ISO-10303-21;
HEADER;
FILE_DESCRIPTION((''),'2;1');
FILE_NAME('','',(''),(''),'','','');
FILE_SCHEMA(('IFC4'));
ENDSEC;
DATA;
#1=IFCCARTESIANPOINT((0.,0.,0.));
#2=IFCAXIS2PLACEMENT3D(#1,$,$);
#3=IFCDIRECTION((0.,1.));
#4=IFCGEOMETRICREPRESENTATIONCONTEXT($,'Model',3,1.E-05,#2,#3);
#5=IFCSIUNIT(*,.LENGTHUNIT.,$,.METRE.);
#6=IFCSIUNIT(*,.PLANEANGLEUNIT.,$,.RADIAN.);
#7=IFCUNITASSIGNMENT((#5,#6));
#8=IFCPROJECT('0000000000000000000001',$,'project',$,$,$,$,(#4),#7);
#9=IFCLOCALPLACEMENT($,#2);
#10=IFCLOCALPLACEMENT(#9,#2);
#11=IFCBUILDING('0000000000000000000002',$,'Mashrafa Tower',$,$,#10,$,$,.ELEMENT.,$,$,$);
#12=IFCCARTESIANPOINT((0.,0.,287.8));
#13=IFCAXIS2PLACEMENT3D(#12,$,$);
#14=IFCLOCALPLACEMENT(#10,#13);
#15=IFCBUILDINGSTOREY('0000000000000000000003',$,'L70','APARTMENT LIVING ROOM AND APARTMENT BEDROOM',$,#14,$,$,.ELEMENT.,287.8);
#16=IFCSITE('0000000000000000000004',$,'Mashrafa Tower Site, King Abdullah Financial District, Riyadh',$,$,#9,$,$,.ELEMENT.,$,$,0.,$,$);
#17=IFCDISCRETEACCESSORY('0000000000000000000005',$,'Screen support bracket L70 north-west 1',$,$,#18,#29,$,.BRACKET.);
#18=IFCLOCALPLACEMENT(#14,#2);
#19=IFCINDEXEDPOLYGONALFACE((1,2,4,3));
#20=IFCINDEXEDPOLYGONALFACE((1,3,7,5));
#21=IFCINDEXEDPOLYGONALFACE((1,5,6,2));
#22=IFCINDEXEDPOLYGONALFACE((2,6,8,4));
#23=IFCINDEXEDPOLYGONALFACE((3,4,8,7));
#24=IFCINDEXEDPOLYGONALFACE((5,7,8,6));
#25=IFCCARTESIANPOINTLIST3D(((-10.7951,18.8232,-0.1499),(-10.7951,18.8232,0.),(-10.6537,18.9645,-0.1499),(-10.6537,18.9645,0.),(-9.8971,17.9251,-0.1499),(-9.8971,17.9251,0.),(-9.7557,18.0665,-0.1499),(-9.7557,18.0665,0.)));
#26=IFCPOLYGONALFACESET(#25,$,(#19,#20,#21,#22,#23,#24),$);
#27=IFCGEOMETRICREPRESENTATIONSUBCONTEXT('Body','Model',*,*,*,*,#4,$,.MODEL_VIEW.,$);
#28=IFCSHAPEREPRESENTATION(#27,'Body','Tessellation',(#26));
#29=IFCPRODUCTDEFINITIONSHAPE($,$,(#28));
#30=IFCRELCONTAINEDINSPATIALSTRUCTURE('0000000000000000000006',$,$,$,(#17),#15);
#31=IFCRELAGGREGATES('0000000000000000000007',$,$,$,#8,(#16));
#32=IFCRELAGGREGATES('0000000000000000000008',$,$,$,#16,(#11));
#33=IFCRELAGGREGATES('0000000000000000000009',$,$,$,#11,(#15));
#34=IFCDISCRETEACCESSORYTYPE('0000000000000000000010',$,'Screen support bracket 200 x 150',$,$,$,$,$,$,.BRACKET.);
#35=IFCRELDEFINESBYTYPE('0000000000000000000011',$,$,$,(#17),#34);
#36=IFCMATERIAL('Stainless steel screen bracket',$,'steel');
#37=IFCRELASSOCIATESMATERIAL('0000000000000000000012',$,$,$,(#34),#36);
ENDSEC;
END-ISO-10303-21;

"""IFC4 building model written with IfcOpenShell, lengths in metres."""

from ifc_helpers import new_model, si_unit, direction, frame, origin, origin_2d, place, context, subcontext, project, spatial, rectangle, extrude, source, transform, mapped, material, type_object, type_shapes, element, save


model = new_model("IFC4")

# Units and contexts
model_context = context("Model", 3, precision=1e-05, world=origin(), true_north=direction((0.0, 1.0)))
body_context = subcontext(model_context, "Body", "Model", "MODEL_VIEW")
ifc_project = project(units=[si_unit("LENGTHUNIT", "METRE"), si_unit("PLANEANGLEUNIT", "RADIAN")], contexts=[model_context])

# Site, building, storey
site_placement = place(None, origin())
site = spatial("IfcSite", under=ifc_project, at=site_placement, Name="Mashrafa Tower Site, King Abdullah Financial District, Riyadh", CompositionType="ELEMENT", RefElevation=0.0)
building_placement = place(site_placement, origin())
building = spatial("IfcBuilding", under=site, at=building_placement, Name="Mashrafa Tower", CompositionType="ELEMENT")
storey_placement = place(building_placement, frame((0.0, 0.0, 287.8)))
storey = spatial("IfcBuildingStorey", under=building, at=storey_placement, Name="L70", Description="APARTMENT LIVING ROOM AND APARTMENT BEDROOM", CompositionType="ELEMENT", Elevation=287.8)

# Discrete accessory
ifc_material_1 = material(Name="Stainless steel screen bracket", Category="steel")
discrete_accessory_type = type_object("IfcDiscreteAccessoryType", Name="Screen support bracket 200 x 150", PredefinedType="BRACKET", material=ifc_material_1)
shared_shape_1 = source(origin(), body_context, "Body", "SweptSolid", [
    extrude(rectangle(XDim=0.2, YDim=1.27, at=origin_2d()), origin(), (0.0, 0.0, 1.0), 0.1499),
])
type_shapes(discrete_accessory_type, [shared_shape_1])
for number, where, z_axis, x_axis, name in (
    (1, (-10.2754, 18.4448, -0.1499), (0.0, 0.0, 1.0), (-0.707107, -0.707107, 0.0), "Screen support bracket L70 north-west 1"),
):
    element("IfcDiscreteAccessory", number, at=place(storey_placement, frame(where, z_axis=z_axis, x_axis=x_axis)), inside=storey, type_object=discrete_accessory_type, Name=name, PredefinedType="BRACKET", context=body_context, shape_type="MappedRepresentation", body=[
        mapped(shared_shape_1, transform((0.0, 0.0, 0.0))),
    ])

save(model, "model.ifc")
